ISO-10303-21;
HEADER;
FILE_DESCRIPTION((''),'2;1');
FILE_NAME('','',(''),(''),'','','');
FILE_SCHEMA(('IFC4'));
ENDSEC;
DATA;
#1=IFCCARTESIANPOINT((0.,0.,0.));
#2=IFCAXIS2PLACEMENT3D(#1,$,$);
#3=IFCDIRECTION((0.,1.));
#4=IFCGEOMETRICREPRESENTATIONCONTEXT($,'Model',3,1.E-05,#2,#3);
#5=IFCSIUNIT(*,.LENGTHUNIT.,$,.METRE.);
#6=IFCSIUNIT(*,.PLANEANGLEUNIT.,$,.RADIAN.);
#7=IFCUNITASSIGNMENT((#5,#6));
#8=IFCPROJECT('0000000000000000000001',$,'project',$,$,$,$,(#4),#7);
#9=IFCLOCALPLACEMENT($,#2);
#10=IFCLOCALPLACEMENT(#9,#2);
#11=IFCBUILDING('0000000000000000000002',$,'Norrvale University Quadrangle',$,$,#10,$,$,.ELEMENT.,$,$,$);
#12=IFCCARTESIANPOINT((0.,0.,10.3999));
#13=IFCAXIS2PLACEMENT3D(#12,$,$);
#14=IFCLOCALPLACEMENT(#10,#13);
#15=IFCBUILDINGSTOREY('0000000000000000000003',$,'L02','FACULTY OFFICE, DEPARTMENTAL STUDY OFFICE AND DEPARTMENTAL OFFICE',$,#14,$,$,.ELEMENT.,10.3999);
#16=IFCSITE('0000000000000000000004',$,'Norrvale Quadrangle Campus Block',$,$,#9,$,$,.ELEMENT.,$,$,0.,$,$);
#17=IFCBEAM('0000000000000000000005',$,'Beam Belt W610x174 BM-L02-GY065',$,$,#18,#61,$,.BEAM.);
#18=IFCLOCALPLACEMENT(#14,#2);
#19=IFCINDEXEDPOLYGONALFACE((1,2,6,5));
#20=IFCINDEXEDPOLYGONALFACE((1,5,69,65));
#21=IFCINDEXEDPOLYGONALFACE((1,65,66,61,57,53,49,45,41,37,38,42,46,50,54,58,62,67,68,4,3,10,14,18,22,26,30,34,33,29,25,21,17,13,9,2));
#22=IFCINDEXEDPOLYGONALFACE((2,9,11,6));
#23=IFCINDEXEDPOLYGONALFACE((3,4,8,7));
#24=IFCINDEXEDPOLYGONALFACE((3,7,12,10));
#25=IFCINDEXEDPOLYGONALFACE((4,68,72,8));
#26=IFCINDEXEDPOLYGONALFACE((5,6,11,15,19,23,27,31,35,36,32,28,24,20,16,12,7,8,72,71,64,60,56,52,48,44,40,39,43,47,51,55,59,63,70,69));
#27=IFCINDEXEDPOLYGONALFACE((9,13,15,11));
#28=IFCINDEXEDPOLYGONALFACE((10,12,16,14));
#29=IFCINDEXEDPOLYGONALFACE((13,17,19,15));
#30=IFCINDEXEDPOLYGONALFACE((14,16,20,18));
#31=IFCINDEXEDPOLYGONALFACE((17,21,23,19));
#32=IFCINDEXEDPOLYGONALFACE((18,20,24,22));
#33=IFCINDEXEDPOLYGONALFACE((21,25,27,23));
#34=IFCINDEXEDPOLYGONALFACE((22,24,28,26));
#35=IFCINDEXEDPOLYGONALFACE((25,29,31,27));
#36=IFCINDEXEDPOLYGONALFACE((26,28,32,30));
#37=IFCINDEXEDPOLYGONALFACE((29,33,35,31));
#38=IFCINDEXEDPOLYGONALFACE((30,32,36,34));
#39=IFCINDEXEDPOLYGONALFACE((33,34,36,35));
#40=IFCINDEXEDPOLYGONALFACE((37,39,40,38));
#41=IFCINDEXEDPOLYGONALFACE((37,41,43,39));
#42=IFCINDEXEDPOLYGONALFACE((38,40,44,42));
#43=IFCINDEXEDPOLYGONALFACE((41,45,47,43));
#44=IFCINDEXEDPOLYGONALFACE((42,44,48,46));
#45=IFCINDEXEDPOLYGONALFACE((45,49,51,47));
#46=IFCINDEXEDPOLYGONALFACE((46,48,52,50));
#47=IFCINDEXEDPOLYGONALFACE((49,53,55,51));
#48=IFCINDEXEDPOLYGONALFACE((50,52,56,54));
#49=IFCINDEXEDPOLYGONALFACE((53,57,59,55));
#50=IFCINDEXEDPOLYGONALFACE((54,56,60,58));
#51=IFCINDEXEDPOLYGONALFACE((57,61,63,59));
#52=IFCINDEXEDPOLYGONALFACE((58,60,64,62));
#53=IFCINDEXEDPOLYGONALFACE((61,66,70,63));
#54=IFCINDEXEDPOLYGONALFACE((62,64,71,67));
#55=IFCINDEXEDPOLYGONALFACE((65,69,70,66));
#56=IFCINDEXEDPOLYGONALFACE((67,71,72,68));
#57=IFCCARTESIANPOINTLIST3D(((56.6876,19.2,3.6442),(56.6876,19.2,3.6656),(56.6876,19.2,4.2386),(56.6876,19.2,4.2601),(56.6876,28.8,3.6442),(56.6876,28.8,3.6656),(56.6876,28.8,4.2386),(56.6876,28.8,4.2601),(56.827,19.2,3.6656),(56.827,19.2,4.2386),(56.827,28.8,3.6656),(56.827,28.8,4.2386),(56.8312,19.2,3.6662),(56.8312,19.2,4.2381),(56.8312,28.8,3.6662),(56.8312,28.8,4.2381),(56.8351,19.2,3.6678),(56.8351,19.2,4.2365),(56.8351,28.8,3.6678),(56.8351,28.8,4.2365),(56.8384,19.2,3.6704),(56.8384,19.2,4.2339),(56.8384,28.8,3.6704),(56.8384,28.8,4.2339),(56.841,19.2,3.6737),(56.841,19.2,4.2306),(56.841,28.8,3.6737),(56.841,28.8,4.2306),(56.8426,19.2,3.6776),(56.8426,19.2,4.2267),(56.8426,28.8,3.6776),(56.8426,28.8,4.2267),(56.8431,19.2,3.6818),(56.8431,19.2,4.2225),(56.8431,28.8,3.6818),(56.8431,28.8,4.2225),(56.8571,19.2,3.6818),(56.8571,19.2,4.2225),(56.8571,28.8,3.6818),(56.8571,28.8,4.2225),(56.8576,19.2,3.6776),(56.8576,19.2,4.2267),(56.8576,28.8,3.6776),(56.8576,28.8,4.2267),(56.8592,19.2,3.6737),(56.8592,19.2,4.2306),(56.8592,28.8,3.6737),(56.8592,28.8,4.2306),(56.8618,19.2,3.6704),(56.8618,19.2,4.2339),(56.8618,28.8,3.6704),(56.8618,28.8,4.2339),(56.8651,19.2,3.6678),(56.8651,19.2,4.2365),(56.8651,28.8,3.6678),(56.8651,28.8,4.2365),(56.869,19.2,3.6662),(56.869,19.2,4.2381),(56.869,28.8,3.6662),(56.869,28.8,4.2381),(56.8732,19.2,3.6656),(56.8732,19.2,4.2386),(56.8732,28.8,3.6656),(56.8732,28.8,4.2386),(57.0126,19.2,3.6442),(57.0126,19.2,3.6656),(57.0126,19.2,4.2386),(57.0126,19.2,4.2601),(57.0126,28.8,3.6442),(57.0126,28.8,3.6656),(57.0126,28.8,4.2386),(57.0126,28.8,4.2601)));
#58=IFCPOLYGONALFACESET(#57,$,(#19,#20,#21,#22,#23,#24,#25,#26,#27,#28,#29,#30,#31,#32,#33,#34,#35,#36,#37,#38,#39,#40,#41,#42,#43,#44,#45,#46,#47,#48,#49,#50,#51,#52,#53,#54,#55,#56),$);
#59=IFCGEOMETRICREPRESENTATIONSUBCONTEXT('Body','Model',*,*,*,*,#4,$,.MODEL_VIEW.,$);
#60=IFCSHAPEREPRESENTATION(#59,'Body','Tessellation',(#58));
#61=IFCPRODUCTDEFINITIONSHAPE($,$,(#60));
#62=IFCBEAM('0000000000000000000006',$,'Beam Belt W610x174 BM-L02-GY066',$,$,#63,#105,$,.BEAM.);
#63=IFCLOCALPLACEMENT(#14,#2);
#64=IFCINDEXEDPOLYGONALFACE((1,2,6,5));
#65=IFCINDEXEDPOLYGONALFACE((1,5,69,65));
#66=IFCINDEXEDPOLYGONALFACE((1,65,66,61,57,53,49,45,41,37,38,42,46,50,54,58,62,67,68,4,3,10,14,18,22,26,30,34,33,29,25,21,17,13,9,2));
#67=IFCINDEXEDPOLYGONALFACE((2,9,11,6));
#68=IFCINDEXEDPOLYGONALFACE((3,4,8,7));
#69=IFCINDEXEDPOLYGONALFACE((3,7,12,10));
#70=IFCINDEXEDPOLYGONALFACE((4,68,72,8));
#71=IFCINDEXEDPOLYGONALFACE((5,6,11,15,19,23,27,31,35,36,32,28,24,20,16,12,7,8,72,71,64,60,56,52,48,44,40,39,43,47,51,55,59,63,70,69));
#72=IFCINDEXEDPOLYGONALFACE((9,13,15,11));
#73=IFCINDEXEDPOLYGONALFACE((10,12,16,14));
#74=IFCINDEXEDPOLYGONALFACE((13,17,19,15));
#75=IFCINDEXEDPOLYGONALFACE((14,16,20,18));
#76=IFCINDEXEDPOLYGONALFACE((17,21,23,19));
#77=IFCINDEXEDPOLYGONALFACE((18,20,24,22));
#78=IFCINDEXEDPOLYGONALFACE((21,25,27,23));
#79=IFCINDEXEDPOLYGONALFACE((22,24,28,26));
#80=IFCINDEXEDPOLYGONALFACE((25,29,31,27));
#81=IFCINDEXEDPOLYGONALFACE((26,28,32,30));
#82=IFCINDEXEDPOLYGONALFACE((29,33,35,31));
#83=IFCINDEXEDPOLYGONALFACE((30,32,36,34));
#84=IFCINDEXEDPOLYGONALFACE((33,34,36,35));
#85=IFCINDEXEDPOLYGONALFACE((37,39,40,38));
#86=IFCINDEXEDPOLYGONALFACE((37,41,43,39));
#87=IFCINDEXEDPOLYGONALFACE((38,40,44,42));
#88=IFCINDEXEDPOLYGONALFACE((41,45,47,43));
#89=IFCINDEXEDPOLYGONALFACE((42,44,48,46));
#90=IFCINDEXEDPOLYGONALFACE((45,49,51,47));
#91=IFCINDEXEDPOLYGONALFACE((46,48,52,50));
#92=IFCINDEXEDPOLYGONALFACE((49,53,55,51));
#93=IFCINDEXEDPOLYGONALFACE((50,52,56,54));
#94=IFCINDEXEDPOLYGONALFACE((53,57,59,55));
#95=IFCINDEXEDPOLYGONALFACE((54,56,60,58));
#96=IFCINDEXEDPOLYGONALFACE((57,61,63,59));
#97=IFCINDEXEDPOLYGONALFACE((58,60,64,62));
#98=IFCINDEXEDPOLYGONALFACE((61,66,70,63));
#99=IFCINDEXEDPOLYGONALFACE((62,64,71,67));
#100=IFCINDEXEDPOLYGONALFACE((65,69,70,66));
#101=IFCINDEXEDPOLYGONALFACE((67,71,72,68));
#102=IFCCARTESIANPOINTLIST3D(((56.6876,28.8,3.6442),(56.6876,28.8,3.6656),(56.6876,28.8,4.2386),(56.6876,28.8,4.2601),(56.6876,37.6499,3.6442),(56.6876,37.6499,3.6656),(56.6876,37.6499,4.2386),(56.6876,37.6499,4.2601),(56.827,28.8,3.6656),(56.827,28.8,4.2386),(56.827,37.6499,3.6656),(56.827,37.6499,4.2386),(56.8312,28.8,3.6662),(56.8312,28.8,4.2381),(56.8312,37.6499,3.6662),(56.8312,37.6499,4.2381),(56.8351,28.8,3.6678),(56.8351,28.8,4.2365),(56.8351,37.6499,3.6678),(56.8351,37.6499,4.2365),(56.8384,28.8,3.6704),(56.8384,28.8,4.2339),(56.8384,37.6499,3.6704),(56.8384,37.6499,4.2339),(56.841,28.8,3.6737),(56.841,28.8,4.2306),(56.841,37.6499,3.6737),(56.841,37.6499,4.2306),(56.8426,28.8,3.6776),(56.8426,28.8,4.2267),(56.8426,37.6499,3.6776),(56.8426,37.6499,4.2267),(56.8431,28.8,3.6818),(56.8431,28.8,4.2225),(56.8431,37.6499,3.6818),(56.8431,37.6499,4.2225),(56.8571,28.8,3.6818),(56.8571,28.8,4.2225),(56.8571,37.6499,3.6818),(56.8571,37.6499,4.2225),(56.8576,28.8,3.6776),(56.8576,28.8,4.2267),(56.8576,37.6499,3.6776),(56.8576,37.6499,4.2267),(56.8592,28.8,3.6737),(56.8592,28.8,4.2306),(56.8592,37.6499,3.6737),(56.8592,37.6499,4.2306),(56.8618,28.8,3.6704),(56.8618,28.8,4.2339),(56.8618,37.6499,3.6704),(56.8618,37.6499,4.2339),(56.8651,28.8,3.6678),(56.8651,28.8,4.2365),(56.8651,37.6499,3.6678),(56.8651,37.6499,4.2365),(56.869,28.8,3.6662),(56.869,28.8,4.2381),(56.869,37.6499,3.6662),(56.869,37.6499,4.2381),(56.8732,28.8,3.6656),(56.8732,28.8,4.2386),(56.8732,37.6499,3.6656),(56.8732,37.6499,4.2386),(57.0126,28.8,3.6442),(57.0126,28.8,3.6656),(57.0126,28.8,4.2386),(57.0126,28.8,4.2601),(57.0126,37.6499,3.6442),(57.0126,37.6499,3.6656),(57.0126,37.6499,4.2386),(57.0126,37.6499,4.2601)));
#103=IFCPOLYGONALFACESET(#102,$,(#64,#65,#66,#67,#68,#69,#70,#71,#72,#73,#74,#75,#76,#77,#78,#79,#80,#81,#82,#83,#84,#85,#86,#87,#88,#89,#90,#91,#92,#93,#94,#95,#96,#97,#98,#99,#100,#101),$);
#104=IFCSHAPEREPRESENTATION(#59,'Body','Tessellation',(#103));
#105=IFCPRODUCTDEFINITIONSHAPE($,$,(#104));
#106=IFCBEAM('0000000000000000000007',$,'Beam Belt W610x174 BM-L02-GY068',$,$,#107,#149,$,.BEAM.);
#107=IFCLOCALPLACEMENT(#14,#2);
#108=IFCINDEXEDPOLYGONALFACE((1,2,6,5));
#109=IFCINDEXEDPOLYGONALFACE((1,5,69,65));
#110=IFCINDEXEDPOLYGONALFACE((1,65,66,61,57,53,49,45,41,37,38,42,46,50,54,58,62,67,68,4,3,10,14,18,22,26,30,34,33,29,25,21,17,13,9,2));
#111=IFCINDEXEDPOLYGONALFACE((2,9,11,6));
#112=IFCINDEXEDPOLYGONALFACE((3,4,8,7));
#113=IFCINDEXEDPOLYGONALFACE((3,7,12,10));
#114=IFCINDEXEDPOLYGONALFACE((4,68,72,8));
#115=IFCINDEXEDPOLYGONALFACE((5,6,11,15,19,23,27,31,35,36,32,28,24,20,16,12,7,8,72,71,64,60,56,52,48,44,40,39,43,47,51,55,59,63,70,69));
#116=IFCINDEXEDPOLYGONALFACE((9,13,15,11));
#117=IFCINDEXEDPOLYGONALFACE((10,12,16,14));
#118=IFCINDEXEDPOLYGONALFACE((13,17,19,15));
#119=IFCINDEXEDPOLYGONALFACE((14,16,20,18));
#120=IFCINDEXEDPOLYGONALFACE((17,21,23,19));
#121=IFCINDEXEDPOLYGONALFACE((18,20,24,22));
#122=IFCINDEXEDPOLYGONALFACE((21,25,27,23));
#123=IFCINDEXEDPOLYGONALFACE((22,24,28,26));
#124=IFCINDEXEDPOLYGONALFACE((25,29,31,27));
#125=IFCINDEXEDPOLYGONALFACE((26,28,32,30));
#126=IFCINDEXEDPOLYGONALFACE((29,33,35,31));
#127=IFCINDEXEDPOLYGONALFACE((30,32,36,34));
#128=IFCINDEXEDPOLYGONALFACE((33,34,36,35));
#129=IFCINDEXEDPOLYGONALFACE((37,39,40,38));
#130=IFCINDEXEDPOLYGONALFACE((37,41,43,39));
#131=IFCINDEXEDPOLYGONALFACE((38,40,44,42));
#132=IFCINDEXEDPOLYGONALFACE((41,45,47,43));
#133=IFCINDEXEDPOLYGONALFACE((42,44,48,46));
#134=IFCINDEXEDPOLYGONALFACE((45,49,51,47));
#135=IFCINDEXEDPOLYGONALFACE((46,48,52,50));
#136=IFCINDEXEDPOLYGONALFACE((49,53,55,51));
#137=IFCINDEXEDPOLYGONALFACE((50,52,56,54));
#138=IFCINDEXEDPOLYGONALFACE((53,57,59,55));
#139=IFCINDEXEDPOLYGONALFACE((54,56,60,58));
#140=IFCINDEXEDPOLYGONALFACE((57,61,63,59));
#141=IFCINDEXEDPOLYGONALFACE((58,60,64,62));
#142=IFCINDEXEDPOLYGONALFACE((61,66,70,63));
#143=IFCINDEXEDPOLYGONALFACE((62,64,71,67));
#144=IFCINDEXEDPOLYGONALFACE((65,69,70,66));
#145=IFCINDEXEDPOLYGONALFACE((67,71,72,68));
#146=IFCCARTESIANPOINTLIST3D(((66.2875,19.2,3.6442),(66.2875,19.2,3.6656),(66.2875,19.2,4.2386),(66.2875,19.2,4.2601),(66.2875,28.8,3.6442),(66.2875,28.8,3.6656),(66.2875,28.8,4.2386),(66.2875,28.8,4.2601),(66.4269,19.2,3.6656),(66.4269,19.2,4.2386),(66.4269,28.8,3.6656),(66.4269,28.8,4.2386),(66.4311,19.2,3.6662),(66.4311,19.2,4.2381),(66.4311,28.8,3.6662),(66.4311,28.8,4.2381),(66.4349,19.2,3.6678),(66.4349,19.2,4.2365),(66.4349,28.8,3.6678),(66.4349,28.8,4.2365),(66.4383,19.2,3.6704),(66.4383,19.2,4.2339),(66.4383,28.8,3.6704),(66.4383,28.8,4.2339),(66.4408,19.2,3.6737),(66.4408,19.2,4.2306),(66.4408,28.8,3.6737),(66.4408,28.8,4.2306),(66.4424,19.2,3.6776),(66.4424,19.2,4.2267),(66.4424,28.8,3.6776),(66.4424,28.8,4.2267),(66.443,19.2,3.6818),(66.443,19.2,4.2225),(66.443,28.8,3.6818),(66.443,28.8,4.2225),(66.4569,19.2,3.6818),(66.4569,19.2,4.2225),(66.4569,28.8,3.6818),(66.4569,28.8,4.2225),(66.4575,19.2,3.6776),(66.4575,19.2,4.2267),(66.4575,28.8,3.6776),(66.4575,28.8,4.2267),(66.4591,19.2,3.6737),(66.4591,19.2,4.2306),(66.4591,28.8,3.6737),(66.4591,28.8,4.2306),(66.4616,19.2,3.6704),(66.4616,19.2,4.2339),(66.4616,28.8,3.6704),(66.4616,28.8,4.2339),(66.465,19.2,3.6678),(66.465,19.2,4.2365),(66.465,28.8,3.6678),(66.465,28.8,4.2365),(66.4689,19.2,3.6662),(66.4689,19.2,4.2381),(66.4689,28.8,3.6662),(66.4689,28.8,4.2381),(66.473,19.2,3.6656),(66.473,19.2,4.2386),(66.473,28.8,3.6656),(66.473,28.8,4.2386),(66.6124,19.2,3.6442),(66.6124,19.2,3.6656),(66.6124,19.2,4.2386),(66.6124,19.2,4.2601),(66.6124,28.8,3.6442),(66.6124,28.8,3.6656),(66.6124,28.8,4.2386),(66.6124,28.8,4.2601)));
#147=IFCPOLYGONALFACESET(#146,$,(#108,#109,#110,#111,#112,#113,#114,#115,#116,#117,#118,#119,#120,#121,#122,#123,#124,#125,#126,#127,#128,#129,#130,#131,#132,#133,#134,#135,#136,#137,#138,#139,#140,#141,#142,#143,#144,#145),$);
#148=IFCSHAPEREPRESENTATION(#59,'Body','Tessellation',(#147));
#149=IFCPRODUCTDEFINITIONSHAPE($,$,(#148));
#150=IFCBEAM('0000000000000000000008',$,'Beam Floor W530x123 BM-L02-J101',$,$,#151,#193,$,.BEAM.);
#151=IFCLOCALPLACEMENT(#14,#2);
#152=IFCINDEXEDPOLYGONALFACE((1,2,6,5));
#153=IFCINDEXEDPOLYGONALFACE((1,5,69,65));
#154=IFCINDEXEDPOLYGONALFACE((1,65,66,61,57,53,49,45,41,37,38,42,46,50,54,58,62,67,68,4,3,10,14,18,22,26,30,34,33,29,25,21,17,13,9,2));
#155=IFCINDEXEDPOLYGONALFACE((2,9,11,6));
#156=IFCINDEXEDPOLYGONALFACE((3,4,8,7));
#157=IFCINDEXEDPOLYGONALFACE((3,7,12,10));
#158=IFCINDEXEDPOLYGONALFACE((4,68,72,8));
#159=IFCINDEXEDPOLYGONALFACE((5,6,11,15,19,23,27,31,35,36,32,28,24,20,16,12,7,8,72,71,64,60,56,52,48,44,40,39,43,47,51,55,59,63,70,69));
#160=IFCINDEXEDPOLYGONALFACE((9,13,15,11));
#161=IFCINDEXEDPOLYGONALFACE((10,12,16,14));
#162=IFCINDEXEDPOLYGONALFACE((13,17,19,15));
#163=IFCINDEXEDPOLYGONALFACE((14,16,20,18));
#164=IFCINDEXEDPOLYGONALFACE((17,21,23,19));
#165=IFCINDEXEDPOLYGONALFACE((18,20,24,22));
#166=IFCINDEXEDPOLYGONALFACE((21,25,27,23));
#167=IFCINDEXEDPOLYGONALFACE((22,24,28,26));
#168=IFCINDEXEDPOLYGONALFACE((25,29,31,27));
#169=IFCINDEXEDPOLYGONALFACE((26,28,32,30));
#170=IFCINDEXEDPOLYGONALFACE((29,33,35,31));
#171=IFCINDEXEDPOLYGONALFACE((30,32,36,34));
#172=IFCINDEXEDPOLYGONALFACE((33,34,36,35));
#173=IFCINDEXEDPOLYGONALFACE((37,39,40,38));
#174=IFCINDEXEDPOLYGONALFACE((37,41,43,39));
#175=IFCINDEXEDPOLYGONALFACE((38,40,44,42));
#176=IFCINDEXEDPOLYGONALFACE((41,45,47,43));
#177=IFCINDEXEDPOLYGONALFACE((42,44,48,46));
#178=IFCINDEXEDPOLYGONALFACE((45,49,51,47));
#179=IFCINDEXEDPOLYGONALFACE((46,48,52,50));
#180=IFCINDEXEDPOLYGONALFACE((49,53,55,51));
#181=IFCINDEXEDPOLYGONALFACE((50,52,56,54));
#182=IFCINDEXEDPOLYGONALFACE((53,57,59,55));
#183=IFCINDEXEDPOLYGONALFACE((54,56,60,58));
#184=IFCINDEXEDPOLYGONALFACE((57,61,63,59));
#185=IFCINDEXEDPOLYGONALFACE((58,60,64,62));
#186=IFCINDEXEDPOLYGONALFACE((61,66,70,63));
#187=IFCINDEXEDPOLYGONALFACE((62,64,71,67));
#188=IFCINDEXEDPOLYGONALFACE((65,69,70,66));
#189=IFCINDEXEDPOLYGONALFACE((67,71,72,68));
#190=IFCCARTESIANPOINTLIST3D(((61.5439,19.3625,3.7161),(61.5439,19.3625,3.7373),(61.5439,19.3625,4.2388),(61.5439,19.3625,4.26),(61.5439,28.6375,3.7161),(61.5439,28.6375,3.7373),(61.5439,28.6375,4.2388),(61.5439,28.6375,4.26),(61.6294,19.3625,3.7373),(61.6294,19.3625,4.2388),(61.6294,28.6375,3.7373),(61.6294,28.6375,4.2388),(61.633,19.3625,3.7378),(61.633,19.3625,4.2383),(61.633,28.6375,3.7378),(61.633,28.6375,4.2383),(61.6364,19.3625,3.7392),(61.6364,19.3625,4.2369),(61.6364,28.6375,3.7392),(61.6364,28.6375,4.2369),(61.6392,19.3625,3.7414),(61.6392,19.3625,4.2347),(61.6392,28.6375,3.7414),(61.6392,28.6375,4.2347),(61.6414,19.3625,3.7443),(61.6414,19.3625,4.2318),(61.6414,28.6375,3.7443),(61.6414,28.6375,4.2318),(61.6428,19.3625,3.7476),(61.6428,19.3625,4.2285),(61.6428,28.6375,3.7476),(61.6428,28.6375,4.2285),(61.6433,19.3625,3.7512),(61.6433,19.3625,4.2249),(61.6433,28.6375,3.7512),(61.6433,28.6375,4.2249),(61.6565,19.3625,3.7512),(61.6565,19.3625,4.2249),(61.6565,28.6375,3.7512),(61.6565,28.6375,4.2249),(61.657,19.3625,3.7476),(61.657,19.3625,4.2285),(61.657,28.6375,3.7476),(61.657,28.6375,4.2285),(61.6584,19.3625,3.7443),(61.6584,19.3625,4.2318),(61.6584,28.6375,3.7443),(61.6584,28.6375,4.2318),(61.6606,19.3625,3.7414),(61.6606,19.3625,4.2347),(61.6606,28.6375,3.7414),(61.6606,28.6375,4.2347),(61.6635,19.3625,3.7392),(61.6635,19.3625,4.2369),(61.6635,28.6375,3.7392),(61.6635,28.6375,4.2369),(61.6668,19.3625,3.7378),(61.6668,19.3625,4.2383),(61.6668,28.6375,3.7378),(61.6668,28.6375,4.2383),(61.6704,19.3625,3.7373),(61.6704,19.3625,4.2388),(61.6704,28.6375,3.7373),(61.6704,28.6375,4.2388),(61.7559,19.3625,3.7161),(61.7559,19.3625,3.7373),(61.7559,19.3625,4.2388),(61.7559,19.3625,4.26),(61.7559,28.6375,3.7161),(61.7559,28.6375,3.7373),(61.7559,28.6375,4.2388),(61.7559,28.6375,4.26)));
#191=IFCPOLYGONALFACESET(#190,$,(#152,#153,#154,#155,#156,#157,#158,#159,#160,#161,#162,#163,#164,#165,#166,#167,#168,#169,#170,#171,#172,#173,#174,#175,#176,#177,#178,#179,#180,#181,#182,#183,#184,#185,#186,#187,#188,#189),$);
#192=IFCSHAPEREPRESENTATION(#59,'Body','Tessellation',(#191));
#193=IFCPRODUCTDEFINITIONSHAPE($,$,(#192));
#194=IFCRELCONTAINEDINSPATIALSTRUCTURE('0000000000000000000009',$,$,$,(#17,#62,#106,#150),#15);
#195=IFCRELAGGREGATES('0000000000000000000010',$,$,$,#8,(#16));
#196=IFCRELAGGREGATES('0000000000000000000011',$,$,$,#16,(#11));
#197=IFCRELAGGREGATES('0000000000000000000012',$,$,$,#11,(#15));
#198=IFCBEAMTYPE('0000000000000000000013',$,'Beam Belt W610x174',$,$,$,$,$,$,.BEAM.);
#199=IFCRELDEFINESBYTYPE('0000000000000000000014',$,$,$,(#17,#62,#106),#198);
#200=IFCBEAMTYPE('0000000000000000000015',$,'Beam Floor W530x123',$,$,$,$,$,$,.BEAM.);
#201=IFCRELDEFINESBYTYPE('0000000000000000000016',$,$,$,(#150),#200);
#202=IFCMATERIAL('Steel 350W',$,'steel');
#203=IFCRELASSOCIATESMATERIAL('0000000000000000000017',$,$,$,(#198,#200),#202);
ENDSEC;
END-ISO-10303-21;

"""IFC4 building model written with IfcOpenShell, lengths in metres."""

from ifc_helpers import new_model, si_unit, direction, frame, origin, origin_2d, place, context, subcontext, project, spatial, i_section, extrude, material, material_profile, profile_set, type_object, element, save


model = new_model("IFC4")

# Units and contexts
model_context = context("Model", 3, precision=1e-05, world=origin(), true_north=direction((0.0, 1.0)))
body_context = subcontext(model_context, "Body", "Model", "MODEL_VIEW")
ifc_project = project(units=[si_unit("LENGTHUNIT", "METRE"), si_unit("PLANEANGLEUNIT", "RADIAN")], contexts=[model_context])

# Site, building, storey
site_placement = place(None, origin())
site = spatial("IfcSite", under=ifc_project, at=site_placement, Name="Norrvale Quadrangle Campus Block", CompositionType="ELEMENT", RefElevation=0.0)
building_placement = place(site_placement, origin())
building = spatial("IfcBuilding", under=site, at=building_placement, Name="Norrvale University Quadrangle", CompositionType="ELEMENT")
storey_placement = place(building_placement, frame((0.0, 0.0, 10.3999)))
storey = spatial("IfcBuildingStorey", under=building, at=storey_placement, Name="L02", Description="FACULTY OFFICE, DEPARTMENTAL STUDY OFFICE AND DEPARTMENTAL OFFICE", CompositionType="ELEMENT", Elevation=10.3999)

# Beams
ifc_material_1 = material(Name="Steel 350W", Category="steel")
ifc_material_profile_1 = material_profile(ifc_material_1, i_section(OverallWidth=0.325, OverallDepth=0.616, WebThickness=0.0139, FlangeThickness=0.0215, FilletRadius=0.0161, at=origin_2d()), Name="Steel 350W")
ifc_profile_set_1 = profile_set([ifc_material_profile_1], Name="Steel 350W")
beam_type_1 = type_object("IfcBeamType", Name="Beam Belt W610x174", PredefinedType="BEAM", material=ifc_profile_set_1)
beam_1_placement = place(storey_placement, frame((56.8501, 19.2, 3.9521), z_axis=(0.0, 1.0, 0.0), x_axis=(-1.0, 0.0, 0.0)))
element("IfcBeam", 1, at=beam_1_placement, inside=storey, type_object=beam_type_1, Name="Beam Belt W610x174 BM-L02-GY065", PredefinedType="BEAM", context=body_context, shape_type="SweptSolid", body=[
    extrude(i_section(OverallWidth=0.325, OverallDepth=0.616, WebThickness=0.0139, FlangeThickness=0.0215, FilletRadius=0.0161, at=origin_2d()), origin(), (0.0, 0.0, 1.0), 9.6001),
])
beam_2_placement = place(storey_placement, frame((56.8501, 28.8, 3.9521), z_axis=(0.0, 1.0, 0.0), x_axis=(-1.0, 0.0, 0.0)))
element("IfcBeam", 2, at=beam_2_placement, inside=storey, type_object=beam_type_1, Name="Beam Belt W610x174 BM-L02-GY066", PredefinedType="BEAM", context=body_context, shape_type="SweptSolid", body=[
    extrude(i_section(OverallWidth=0.325, OverallDepth=0.616, WebThickness=0.0139, FlangeThickness=0.0215, FilletRadius=0.0161, at=origin_2d()), origin(), (0.0, 0.0, 1.0), 8.8499),
])
beam_3_placement = place(storey_placement, frame((66.45, 19.2, 3.9521), z_axis=(0.0, 1.0, 0.0), x_axis=(-1.0, 0.0, 0.0)))
element("IfcBeam", 3, at=beam_3_placement, inside=storey, type_object=beam_type_1, Name="Beam Belt W610x174 BM-L02-GY068", PredefinedType="BEAM", context=body_context, shape_type="SweptSolid", body=[
    extrude(i_section(OverallWidth=0.325, OverallDepth=0.616, WebThickness=0.0139, FlangeThickness=0.0215, FilletRadius=0.0161, at=origin_2d()), origin(), (0.0, 0.0, 1.0), 9.6001),
])
ifc_material_profile_2 = material_profile(ifc_material_1, i_section(OverallWidth=0.2119, OverallDepth=0.5439, WebThickness=0.0132, FlangeThickness=0.0212, FilletRadius=0.0139, at=origin_2d()), Name="Steel 350W")
ifc_profile_set_2 = profile_set([ifc_material_profile_2], Name="Steel 350W")
beam_type_2 = type_object("IfcBeamType", Name="Beam Floor W530x123", PredefinedType="BEAM", material=ifc_profile_set_2)
beam_4_placement = place(storey_placement, frame((61.6499, 19.3625, 3.988), z_axis=(0.0, 1.0, 0.0), x_axis=(-1.0, 0.0, 0.0)))
element("IfcBeam", 4, at=beam_4_placement, inside=storey, type_object=beam_type_2, Name="Beam Floor W530x123 BM-L02-J101", PredefinedType="BEAM", context=body_context, shape_type="SweptSolid", body=[
    extrude(i_section(OverallWidth=0.2119, OverallDepth=0.5439, WebThickness=0.0132, FlangeThickness=0.0212, FilletRadius=0.0139, at=origin_2d()), origin(), (0.0, 0.0, 1.0), 9.2749),
])

save(model, "model.ifc")
